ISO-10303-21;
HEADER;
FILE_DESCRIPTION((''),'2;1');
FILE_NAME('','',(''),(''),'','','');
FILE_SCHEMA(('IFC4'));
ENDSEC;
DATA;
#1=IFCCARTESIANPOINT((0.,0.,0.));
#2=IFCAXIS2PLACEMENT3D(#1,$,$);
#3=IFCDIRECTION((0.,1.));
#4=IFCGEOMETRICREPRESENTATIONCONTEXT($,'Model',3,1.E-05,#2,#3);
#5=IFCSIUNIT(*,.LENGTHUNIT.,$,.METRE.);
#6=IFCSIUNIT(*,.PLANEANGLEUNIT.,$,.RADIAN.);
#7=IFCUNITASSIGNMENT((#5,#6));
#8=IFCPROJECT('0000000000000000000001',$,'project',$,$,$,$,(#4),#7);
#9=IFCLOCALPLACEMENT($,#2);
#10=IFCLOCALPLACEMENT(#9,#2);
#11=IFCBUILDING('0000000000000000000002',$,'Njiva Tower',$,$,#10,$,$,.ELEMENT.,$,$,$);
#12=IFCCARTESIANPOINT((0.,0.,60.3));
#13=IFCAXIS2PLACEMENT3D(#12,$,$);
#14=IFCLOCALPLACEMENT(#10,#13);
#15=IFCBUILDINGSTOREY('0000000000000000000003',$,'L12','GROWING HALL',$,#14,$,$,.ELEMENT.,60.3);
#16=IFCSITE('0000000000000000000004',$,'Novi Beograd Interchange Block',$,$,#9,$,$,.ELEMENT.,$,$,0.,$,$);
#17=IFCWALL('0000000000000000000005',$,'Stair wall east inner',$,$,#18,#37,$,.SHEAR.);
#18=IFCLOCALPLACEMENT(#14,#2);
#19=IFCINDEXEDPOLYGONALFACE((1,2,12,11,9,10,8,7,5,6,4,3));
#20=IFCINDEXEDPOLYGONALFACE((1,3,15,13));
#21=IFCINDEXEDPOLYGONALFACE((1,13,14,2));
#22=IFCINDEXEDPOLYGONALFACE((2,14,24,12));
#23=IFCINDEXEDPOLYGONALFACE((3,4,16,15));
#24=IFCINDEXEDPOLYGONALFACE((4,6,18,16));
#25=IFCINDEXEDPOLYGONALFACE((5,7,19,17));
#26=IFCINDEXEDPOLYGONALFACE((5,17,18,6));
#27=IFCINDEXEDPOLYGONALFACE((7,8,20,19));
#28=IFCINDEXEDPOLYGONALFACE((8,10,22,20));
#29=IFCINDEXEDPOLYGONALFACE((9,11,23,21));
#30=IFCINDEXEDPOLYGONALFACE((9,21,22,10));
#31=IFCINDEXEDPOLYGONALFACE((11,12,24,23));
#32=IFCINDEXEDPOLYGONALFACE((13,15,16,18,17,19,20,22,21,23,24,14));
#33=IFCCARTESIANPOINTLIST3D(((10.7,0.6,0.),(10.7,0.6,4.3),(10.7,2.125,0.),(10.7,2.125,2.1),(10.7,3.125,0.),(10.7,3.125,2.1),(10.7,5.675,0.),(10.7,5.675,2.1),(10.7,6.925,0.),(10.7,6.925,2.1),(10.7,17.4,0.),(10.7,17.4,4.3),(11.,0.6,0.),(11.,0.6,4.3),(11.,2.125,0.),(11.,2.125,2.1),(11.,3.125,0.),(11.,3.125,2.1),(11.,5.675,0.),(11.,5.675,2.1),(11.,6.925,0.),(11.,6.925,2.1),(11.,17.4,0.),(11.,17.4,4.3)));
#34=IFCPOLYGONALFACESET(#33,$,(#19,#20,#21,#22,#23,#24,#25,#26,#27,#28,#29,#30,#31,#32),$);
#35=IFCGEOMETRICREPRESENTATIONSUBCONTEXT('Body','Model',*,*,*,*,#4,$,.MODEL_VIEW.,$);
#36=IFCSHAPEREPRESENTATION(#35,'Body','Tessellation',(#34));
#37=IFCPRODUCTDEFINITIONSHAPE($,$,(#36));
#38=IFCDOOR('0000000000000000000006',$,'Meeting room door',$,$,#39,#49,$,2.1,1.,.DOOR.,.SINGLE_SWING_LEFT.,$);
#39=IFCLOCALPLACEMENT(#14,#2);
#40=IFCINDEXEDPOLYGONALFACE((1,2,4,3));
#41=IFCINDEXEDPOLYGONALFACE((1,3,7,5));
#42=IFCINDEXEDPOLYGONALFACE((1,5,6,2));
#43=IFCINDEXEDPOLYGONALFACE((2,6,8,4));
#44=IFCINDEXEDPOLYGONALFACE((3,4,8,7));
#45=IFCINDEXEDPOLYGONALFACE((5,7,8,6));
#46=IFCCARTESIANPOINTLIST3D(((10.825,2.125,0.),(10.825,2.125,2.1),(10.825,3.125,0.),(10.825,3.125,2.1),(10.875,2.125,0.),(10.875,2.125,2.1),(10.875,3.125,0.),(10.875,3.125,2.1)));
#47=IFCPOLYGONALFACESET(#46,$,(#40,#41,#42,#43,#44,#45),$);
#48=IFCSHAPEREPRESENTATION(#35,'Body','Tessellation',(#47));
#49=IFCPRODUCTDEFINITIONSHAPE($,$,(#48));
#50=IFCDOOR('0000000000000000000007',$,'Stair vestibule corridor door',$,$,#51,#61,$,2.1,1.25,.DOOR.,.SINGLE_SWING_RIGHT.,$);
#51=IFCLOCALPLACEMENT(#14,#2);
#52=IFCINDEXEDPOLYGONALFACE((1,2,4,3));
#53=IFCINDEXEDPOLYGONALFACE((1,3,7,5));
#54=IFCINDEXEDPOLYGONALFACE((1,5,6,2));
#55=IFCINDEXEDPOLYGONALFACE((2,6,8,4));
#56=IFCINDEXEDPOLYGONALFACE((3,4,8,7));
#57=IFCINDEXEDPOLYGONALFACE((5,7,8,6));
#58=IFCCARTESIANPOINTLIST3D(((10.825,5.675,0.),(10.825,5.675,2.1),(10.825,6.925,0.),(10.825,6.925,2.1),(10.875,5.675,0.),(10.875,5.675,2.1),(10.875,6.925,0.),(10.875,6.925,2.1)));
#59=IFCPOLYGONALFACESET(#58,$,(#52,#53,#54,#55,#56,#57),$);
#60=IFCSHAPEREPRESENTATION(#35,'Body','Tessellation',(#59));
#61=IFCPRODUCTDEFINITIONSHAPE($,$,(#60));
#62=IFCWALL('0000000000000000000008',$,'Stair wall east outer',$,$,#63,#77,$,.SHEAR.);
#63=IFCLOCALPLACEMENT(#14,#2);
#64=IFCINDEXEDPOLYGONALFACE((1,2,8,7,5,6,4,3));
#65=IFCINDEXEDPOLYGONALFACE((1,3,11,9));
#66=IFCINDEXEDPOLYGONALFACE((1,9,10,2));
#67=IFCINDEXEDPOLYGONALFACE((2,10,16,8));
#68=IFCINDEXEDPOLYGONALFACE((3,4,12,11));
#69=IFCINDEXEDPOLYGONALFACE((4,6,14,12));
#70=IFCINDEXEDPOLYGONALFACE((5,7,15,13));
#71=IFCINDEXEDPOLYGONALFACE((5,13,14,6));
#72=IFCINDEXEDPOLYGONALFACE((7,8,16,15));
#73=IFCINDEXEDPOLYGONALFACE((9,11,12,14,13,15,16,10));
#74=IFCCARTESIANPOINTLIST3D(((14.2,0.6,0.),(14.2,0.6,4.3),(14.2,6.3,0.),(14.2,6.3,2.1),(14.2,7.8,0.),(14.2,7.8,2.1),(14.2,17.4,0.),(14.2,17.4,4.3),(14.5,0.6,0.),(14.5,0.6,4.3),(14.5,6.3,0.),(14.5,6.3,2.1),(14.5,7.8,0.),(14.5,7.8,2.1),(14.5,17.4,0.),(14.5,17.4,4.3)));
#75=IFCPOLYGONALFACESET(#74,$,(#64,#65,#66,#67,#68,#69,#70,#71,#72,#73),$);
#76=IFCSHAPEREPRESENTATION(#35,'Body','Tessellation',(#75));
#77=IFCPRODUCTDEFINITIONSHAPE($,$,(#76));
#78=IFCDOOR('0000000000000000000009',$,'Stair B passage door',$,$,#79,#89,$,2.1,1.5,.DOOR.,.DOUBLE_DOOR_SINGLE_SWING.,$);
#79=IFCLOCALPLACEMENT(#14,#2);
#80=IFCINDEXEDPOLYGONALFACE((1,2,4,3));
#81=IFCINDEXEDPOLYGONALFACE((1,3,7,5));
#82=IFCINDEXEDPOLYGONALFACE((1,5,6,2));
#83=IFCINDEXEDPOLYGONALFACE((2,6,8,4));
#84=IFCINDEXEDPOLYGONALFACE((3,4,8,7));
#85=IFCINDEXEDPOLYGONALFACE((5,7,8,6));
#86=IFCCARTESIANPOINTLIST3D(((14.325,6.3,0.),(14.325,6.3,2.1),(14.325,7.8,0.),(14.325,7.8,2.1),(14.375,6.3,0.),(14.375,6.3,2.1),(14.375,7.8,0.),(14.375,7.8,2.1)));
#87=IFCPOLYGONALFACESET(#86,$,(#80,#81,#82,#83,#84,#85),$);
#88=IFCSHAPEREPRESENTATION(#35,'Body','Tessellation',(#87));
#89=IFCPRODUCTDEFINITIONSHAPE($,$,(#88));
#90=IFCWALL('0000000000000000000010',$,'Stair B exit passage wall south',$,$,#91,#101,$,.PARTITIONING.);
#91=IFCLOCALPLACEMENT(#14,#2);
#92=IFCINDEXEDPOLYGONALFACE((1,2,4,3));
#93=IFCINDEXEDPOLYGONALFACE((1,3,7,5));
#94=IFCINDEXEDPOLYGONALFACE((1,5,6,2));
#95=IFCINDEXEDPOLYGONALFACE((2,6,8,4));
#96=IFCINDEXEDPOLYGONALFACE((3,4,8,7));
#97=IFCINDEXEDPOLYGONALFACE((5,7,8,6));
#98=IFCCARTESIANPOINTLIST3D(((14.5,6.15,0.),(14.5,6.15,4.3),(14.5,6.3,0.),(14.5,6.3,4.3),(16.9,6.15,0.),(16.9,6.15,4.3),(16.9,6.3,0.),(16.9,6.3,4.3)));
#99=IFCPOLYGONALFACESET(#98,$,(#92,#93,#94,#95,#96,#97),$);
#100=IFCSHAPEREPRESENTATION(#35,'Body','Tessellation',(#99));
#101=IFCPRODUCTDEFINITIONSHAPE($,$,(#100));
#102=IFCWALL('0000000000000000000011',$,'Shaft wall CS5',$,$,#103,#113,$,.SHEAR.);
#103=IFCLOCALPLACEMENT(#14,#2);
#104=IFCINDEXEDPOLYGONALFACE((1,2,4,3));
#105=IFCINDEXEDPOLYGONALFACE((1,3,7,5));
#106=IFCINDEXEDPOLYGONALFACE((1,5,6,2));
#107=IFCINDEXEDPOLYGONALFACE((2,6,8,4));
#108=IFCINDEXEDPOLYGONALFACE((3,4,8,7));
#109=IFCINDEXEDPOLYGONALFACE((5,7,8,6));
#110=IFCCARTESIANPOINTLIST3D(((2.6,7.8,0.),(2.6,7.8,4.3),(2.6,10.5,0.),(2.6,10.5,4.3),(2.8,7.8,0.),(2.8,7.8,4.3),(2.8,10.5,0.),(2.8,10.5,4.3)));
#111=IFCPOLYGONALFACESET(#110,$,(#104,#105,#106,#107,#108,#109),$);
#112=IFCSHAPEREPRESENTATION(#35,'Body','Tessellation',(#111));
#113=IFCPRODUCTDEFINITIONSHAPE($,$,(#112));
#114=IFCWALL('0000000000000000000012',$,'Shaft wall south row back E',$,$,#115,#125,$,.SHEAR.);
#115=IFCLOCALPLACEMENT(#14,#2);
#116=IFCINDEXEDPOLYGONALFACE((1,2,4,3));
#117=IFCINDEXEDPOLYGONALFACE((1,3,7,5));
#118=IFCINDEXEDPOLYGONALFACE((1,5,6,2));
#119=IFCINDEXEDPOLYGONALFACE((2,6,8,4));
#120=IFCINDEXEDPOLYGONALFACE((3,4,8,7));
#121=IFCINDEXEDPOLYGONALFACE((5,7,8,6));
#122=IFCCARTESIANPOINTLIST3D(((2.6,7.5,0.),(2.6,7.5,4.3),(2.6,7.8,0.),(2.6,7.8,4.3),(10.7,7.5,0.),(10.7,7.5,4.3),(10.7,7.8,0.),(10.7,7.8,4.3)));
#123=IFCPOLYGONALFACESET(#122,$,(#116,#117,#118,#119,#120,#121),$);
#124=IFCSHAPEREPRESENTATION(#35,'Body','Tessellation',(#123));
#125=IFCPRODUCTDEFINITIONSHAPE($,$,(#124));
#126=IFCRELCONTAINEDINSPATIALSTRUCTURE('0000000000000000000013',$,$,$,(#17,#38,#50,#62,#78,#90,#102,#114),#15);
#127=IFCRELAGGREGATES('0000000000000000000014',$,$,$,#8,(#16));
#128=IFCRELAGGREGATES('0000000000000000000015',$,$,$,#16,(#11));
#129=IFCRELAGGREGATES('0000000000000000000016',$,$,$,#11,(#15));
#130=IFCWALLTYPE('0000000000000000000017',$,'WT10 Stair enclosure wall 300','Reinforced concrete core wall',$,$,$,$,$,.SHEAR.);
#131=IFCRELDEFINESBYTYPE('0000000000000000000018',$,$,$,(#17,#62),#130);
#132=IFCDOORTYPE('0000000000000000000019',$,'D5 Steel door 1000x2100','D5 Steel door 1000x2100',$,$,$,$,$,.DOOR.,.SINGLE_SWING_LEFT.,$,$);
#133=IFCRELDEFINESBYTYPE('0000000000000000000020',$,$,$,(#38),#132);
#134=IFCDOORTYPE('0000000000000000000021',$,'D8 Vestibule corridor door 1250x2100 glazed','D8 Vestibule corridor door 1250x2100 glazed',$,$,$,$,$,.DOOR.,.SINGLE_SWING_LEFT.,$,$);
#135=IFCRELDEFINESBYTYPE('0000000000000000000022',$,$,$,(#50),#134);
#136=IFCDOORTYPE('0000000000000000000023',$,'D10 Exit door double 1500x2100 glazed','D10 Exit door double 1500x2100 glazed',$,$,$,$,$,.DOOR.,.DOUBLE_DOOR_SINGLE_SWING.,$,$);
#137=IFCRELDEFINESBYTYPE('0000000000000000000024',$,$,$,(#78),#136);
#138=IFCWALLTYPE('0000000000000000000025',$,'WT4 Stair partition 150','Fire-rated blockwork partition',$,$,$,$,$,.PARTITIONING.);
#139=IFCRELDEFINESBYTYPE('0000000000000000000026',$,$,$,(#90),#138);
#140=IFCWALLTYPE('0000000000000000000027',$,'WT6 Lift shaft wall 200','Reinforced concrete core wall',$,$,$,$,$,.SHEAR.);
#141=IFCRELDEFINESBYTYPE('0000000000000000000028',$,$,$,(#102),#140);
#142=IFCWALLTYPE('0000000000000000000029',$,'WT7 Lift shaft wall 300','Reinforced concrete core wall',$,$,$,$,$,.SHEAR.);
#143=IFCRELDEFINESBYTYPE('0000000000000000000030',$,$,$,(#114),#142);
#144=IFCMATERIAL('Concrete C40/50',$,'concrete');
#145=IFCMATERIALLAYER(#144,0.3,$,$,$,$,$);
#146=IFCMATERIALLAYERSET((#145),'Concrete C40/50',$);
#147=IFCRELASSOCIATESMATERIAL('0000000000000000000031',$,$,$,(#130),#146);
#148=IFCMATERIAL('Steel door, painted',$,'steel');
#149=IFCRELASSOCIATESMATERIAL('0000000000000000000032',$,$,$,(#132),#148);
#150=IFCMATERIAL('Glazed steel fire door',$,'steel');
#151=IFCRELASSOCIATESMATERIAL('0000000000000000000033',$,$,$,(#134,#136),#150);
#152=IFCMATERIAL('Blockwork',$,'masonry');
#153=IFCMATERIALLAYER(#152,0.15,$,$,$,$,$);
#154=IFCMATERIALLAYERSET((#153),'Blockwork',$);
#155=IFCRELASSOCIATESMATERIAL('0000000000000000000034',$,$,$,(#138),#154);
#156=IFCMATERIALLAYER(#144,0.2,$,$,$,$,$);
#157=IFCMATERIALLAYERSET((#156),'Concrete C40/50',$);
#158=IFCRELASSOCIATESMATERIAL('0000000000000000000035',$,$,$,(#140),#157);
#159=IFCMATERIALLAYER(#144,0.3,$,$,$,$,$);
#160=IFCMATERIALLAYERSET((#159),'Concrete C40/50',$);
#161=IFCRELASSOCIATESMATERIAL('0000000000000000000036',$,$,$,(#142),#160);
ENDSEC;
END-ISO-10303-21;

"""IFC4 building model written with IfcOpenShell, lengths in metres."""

from ifc_helpers import new_model, si_unit, direction, frame, frame_2d, origin, place, context, subcontext, project, spatial, rectangle, extrude, material, layer, layer_set, type_object, element, fill, save


model = new_model("IFC4")

# Units and contexts
model_context = context("Model", 3, precision=1e-05, world=origin(), true_north=direction((0.0, 1.0)))
body_context = subcontext(model_context, "Body", "Model", "MODEL_VIEW")
ifc_project = project(units=[si_unit("LENGTHUNIT", "METRE"), si_unit("PLANEANGLEUNIT", "RADIAN")], contexts=[model_context])

# Site, building, storey
site_placement = place(None, origin())
site = spatial("IfcSite", under=ifc_project, at=site_placement, Name="Novi Beograd Interchange Block", CompositionType="ELEMENT", RefElevation=0.0)
building_placement = place(site_placement, origin())
building = spatial("IfcBuilding", under=site, at=building_placement, Name="Njiva Tower", CompositionType="ELEMENT")
storey_placement = place(building_placement, frame((0.0, 0.0, 60.3)))
storey = spatial("IfcBuildingStorey", under=building, at=storey_placement, Name="L12", Description="GROWING HALL", CompositionType="ELEMENT", Elevation=60.3)

# Shared definitions
ifc_material_1 = material(Name="Concrete C40/50", Category="concrete")

# Shared definitions
ifc_material_2 = material(Name="Blockwork", Category="masonry")

# Wall, openings, doors
ifc_layer_1 = layer(ifc_material_1, 0.3)
ifc_layer_set_1 = layer_set([ifc_layer_1], Name="Concrete C40/50")
wall_type_1 = type_object("IfcWallType", Name="WT10 Stair enclosure wall 300", Description="Reinforced concrete core wall", PredefinedType="SHEAR", material=ifc_layer_set_1)
wall_1_placement = place(storey_placement, frame((10.85, 0.6, 0.0), z_axis=(0.0, 0.0, 1.0), x_axis=(0.0, 1.0, 0.0)))
wall_1 = element("IfcWall", 1, at=wall_1_placement, inside=storey, type_object=wall_type_1, Name="Stair wall east inner", PredefinedType="SHEAR", context=body_context, shape_type="SweptSolid", body=[
    extrude(rectangle(XDim=16.8, YDim=0.3, at=frame_2d((8.4, 0.0))), origin(), (0.0, 0.0, 1.0), 4.3),
])
opening_1_placement = place(wall_1_placement, frame((5.075, 0.0, 0.0)))
opening_1 = element("IfcOpeningElement", 2, at=opening_1_placement, cuts=wall_1, PredefinedType="OPENING", context=body_context, shape_type="SweptSolid", body=[
    extrude(rectangle(XDim=1.25, YDim=2.1, at=frame_2d((0.625, 1.05))), frame((0.0, 0.16, 0.0), z_axis=(0.0, -1.0, 0.0), x_axis=(1.0, 0.0, 0.0)), (0.0, 0.0, 1.0), 0.32),
])
opening_2_placement = place(wall_1_placement, frame((1.525, 0.0, 0.0)))
opening_2 = element("IfcOpeningElement", 3, at=opening_2_placement, cuts=wall_1, PredefinedType="OPENING", context=body_context, shape_type="SweptSolid", body=[
    extrude(rectangle(XDim=1.0, YDim=2.1, at=frame_2d((0.5, 1.05))), frame((0.0, 0.16, 0.0), z_axis=(0.0, -1.0, 0.0), x_axis=(1.0, 0.0, 0.0)), (0.0, 0.0, 1.0), 0.32),
])
ifc_material_3 = material(Name="Steel door, painted", Category="steel")
door_type_1 = type_object("IfcDoorType", Name="D5 Steel door 1000x2100", Description="D5 Steel door 1000x2100", OperationType="SINGLE_SWING_LEFT", PredefinedType="DOOR", material=ifc_material_3)
door_1_placement = place(opening_2_placement, origin())
door_1 = element("IfcDoor", 4, at=door_1_placement, inside=storey, type_object=door_type_1, Name="Meeting room door", OperationType="SINGLE_SWING_LEFT", OverallHeight=2.1, OverallWidth=1.0, PredefinedType="DOOR", context=body_context, shape_type="SweptSolid", body=[
    extrude(rectangle(XDim=1.0, YDim=2.1, at=frame_2d((0.5, 1.05))), frame((0.0, 0.025, 0.0), z_axis=(0.0, -1.0, 0.0), x_axis=(1.0, 0.0, 0.0)), (0.0, 0.0, 1.0), 0.05),
])
fill(opening_2, door_1)
ifc_material_4 = material(Name="Glazed steel fire door", Category="steel")
door_type_2 = type_object("IfcDoorType", Name="D8 Vestibule corridor door 1250x2100 glazed", Description="D8 Vestibule corridor door 1250x2100 glazed", OperationType="SINGLE_SWING_LEFT", PredefinedType="DOOR", material=ifc_material_4)
door_2_placement = place(opening_1_placement, origin())
door_2 = element("IfcDoor", 5, at=door_2_placement, inside=storey, type_object=door_type_2, Name="Stair vestibule corridor door", OperationType="SINGLE_SWING_RIGHT", OverallHeight=2.1, OverallWidth=1.25, PredefinedType="DOOR", context=body_context, shape_type="SweptSolid", body=[
    extrude(rectangle(XDim=1.25, YDim=2.1, at=frame_2d((0.625, 1.05))), frame((0.0, 0.025, 0.0), z_axis=(0.0, -1.0, 0.0), x_axis=(1.0, 0.0, 0.0)), (0.0, 0.0, 1.0), 0.05),
])
fill(opening_1, door_2)

# Wall, opening, door
wall_2_placement = place(storey_placement, frame((14.35, 0.6, 0.0), z_axis=(0.0, 0.0, 1.0), x_axis=(0.0, 1.0, 0.0)))
wall_2 = element("IfcWall", 6, at=wall_2_placement, inside=storey, type_object=wall_type_1, Name="Stair wall east outer", PredefinedType="SHEAR", context=body_context, shape_type="SweptSolid", body=[
    extrude(rectangle(XDim=16.8, YDim=0.3, at=frame_2d((8.4, 0.0))), origin(), (0.0, 0.0, 1.0), 4.3),
])
opening_3_placement = place(wall_2_placement, frame((5.7, 0.0, 0.0)))
opening_3 = element("IfcOpeningElement", 7, at=opening_3_placement, cuts=wall_2, PredefinedType="OPENING", context=body_context, shape_type="SweptSolid", body=[
    extrude(rectangle(XDim=1.5, YDim=2.1, at=frame_2d((0.75, 1.05))), frame((0.0, 0.16, 0.0), z_axis=(0.0, -1.0, 0.0), x_axis=(1.0, 0.0, 0.0)), (0.0, 0.0, 1.0), 0.32),
])
door_type_3 = type_object("IfcDoorType", Name="D10 Exit door double 1500x2100 glazed", Description="D10 Exit door double 1500x2100 glazed", OperationType="DOUBLE_DOOR_SINGLE_SWING", PredefinedType="DOOR", material=ifc_material_4)
door_3_placement = place(opening_3_placement, origin())
door_3 = element("IfcDoor", 8, at=door_3_placement, inside=storey, type_object=door_type_3, Name="Stair B passage door", OperationType="DOUBLE_DOOR_SINGLE_SWING", OverallHeight=2.1, OverallWidth=1.5, PredefinedType="DOOR", context=body_context, shape_type="SweptSolid", body=[
    extrude(rectangle(XDim=1.5, YDim=2.1, at=frame_2d((0.75, 1.05))), frame((0.0, 0.025, 0.0), z_axis=(0.0, -1.0, 0.0), x_axis=(1.0, 0.0, 0.0)), (0.0, 0.0, 1.0), 0.05),
])
fill(opening_3, door_3)

# Walls
ifc_layer_2 = layer(ifc_material_2, 0.15)
ifc_layer_set_2 = layer_set([ifc_layer_2], Name="Blockwork")
wall_type_2 = type_object("IfcWallType", Name="WT4 Stair partition 150", Description="Fire-rated blockwork partition", PredefinedType="PARTITIONING", material=ifc_layer_set_2)
wall_3_placement = place(storey_placement, frame((14.5, 6.225, 0.0), z_axis=(0.0, 0.0, 1.0), x_axis=(1.0, 0.0, 0.0)))
element("IfcWall", 9, at=wall_3_placement, inside=storey, type_object=wall_type_2, Name="Stair B exit passage wall south", PredefinedType="PARTITIONING", context=body_context, shape_type="SweptSolid", body=[
    extrude(rectangle(XDim=2.4, YDim=0.15, at=frame_2d((1.2, 0.0))), origin(), (0.0, 0.0, 1.0), 4.3),
])
ifc_layer_3 = layer(ifc_material_1, 0.2)
ifc_layer_set_3 = layer_set([ifc_layer_3], Name="Concrete C40/50")
wall_type_3 = type_object("IfcWallType", Name="WT6 Lift shaft wall 200", Description="Reinforced concrete core wall", PredefinedType="SHEAR", material=ifc_layer_set_3)
wall_4_placement = place(storey_placement, frame((2.7, 7.8, 0.0), z_axis=(0.0, 0.0, 1.0), x_axis=(0.0, 1.0, 0.0)))
element("IfcWall", 10, at=wall_4_placement, inside=storey, type_object=wall_type_3, Name="Shaft wall CS5", PredefinedType="SHEAR", context=body_context, shape_type="SweptSolid", body=[
    extrude(rectangle(XDim=2.7, YDim=0.2, at=frame_2d((1.35, 0.0))), origin(), (0.0, 0.0, 1.0), 4.3),
])
ifc_layer_4 = layer(ifc_material_1, 0.3)
ifc_layer_set_4 = layer_set([ifc_layer_4], Name="Concrete C40/50")
wall_type_4 = type_object("IfcWallType", Name="WT7 Lift shaft wall 300", Description="Reinforced concrete core wall", PredefinedType="SHEAR", material=ifc_layer_set_4)
wall_5_placement = place(storey_placement, frame((2.6, 7.65, 0.0), z_axis=(0.0, 0.0, 1.0), x_axis=(1.0, 0.0, 0.0)))
element("IfcWall", 11, at=wall_5_placement, inside=storey, type_object=wall_type_4, Name="Shaft wall south row back E", PredefinedType="SHEAR", context=body_context, shape_type="SweptSolid", body=[
    extrude(rectangle(XDim=8.1, YDim=0.3, at=frame_2d((4.05, 0.0))), origin(), (0.0, 0.0, 1.0), 4.3),
])

save(model, "model.ifc")
